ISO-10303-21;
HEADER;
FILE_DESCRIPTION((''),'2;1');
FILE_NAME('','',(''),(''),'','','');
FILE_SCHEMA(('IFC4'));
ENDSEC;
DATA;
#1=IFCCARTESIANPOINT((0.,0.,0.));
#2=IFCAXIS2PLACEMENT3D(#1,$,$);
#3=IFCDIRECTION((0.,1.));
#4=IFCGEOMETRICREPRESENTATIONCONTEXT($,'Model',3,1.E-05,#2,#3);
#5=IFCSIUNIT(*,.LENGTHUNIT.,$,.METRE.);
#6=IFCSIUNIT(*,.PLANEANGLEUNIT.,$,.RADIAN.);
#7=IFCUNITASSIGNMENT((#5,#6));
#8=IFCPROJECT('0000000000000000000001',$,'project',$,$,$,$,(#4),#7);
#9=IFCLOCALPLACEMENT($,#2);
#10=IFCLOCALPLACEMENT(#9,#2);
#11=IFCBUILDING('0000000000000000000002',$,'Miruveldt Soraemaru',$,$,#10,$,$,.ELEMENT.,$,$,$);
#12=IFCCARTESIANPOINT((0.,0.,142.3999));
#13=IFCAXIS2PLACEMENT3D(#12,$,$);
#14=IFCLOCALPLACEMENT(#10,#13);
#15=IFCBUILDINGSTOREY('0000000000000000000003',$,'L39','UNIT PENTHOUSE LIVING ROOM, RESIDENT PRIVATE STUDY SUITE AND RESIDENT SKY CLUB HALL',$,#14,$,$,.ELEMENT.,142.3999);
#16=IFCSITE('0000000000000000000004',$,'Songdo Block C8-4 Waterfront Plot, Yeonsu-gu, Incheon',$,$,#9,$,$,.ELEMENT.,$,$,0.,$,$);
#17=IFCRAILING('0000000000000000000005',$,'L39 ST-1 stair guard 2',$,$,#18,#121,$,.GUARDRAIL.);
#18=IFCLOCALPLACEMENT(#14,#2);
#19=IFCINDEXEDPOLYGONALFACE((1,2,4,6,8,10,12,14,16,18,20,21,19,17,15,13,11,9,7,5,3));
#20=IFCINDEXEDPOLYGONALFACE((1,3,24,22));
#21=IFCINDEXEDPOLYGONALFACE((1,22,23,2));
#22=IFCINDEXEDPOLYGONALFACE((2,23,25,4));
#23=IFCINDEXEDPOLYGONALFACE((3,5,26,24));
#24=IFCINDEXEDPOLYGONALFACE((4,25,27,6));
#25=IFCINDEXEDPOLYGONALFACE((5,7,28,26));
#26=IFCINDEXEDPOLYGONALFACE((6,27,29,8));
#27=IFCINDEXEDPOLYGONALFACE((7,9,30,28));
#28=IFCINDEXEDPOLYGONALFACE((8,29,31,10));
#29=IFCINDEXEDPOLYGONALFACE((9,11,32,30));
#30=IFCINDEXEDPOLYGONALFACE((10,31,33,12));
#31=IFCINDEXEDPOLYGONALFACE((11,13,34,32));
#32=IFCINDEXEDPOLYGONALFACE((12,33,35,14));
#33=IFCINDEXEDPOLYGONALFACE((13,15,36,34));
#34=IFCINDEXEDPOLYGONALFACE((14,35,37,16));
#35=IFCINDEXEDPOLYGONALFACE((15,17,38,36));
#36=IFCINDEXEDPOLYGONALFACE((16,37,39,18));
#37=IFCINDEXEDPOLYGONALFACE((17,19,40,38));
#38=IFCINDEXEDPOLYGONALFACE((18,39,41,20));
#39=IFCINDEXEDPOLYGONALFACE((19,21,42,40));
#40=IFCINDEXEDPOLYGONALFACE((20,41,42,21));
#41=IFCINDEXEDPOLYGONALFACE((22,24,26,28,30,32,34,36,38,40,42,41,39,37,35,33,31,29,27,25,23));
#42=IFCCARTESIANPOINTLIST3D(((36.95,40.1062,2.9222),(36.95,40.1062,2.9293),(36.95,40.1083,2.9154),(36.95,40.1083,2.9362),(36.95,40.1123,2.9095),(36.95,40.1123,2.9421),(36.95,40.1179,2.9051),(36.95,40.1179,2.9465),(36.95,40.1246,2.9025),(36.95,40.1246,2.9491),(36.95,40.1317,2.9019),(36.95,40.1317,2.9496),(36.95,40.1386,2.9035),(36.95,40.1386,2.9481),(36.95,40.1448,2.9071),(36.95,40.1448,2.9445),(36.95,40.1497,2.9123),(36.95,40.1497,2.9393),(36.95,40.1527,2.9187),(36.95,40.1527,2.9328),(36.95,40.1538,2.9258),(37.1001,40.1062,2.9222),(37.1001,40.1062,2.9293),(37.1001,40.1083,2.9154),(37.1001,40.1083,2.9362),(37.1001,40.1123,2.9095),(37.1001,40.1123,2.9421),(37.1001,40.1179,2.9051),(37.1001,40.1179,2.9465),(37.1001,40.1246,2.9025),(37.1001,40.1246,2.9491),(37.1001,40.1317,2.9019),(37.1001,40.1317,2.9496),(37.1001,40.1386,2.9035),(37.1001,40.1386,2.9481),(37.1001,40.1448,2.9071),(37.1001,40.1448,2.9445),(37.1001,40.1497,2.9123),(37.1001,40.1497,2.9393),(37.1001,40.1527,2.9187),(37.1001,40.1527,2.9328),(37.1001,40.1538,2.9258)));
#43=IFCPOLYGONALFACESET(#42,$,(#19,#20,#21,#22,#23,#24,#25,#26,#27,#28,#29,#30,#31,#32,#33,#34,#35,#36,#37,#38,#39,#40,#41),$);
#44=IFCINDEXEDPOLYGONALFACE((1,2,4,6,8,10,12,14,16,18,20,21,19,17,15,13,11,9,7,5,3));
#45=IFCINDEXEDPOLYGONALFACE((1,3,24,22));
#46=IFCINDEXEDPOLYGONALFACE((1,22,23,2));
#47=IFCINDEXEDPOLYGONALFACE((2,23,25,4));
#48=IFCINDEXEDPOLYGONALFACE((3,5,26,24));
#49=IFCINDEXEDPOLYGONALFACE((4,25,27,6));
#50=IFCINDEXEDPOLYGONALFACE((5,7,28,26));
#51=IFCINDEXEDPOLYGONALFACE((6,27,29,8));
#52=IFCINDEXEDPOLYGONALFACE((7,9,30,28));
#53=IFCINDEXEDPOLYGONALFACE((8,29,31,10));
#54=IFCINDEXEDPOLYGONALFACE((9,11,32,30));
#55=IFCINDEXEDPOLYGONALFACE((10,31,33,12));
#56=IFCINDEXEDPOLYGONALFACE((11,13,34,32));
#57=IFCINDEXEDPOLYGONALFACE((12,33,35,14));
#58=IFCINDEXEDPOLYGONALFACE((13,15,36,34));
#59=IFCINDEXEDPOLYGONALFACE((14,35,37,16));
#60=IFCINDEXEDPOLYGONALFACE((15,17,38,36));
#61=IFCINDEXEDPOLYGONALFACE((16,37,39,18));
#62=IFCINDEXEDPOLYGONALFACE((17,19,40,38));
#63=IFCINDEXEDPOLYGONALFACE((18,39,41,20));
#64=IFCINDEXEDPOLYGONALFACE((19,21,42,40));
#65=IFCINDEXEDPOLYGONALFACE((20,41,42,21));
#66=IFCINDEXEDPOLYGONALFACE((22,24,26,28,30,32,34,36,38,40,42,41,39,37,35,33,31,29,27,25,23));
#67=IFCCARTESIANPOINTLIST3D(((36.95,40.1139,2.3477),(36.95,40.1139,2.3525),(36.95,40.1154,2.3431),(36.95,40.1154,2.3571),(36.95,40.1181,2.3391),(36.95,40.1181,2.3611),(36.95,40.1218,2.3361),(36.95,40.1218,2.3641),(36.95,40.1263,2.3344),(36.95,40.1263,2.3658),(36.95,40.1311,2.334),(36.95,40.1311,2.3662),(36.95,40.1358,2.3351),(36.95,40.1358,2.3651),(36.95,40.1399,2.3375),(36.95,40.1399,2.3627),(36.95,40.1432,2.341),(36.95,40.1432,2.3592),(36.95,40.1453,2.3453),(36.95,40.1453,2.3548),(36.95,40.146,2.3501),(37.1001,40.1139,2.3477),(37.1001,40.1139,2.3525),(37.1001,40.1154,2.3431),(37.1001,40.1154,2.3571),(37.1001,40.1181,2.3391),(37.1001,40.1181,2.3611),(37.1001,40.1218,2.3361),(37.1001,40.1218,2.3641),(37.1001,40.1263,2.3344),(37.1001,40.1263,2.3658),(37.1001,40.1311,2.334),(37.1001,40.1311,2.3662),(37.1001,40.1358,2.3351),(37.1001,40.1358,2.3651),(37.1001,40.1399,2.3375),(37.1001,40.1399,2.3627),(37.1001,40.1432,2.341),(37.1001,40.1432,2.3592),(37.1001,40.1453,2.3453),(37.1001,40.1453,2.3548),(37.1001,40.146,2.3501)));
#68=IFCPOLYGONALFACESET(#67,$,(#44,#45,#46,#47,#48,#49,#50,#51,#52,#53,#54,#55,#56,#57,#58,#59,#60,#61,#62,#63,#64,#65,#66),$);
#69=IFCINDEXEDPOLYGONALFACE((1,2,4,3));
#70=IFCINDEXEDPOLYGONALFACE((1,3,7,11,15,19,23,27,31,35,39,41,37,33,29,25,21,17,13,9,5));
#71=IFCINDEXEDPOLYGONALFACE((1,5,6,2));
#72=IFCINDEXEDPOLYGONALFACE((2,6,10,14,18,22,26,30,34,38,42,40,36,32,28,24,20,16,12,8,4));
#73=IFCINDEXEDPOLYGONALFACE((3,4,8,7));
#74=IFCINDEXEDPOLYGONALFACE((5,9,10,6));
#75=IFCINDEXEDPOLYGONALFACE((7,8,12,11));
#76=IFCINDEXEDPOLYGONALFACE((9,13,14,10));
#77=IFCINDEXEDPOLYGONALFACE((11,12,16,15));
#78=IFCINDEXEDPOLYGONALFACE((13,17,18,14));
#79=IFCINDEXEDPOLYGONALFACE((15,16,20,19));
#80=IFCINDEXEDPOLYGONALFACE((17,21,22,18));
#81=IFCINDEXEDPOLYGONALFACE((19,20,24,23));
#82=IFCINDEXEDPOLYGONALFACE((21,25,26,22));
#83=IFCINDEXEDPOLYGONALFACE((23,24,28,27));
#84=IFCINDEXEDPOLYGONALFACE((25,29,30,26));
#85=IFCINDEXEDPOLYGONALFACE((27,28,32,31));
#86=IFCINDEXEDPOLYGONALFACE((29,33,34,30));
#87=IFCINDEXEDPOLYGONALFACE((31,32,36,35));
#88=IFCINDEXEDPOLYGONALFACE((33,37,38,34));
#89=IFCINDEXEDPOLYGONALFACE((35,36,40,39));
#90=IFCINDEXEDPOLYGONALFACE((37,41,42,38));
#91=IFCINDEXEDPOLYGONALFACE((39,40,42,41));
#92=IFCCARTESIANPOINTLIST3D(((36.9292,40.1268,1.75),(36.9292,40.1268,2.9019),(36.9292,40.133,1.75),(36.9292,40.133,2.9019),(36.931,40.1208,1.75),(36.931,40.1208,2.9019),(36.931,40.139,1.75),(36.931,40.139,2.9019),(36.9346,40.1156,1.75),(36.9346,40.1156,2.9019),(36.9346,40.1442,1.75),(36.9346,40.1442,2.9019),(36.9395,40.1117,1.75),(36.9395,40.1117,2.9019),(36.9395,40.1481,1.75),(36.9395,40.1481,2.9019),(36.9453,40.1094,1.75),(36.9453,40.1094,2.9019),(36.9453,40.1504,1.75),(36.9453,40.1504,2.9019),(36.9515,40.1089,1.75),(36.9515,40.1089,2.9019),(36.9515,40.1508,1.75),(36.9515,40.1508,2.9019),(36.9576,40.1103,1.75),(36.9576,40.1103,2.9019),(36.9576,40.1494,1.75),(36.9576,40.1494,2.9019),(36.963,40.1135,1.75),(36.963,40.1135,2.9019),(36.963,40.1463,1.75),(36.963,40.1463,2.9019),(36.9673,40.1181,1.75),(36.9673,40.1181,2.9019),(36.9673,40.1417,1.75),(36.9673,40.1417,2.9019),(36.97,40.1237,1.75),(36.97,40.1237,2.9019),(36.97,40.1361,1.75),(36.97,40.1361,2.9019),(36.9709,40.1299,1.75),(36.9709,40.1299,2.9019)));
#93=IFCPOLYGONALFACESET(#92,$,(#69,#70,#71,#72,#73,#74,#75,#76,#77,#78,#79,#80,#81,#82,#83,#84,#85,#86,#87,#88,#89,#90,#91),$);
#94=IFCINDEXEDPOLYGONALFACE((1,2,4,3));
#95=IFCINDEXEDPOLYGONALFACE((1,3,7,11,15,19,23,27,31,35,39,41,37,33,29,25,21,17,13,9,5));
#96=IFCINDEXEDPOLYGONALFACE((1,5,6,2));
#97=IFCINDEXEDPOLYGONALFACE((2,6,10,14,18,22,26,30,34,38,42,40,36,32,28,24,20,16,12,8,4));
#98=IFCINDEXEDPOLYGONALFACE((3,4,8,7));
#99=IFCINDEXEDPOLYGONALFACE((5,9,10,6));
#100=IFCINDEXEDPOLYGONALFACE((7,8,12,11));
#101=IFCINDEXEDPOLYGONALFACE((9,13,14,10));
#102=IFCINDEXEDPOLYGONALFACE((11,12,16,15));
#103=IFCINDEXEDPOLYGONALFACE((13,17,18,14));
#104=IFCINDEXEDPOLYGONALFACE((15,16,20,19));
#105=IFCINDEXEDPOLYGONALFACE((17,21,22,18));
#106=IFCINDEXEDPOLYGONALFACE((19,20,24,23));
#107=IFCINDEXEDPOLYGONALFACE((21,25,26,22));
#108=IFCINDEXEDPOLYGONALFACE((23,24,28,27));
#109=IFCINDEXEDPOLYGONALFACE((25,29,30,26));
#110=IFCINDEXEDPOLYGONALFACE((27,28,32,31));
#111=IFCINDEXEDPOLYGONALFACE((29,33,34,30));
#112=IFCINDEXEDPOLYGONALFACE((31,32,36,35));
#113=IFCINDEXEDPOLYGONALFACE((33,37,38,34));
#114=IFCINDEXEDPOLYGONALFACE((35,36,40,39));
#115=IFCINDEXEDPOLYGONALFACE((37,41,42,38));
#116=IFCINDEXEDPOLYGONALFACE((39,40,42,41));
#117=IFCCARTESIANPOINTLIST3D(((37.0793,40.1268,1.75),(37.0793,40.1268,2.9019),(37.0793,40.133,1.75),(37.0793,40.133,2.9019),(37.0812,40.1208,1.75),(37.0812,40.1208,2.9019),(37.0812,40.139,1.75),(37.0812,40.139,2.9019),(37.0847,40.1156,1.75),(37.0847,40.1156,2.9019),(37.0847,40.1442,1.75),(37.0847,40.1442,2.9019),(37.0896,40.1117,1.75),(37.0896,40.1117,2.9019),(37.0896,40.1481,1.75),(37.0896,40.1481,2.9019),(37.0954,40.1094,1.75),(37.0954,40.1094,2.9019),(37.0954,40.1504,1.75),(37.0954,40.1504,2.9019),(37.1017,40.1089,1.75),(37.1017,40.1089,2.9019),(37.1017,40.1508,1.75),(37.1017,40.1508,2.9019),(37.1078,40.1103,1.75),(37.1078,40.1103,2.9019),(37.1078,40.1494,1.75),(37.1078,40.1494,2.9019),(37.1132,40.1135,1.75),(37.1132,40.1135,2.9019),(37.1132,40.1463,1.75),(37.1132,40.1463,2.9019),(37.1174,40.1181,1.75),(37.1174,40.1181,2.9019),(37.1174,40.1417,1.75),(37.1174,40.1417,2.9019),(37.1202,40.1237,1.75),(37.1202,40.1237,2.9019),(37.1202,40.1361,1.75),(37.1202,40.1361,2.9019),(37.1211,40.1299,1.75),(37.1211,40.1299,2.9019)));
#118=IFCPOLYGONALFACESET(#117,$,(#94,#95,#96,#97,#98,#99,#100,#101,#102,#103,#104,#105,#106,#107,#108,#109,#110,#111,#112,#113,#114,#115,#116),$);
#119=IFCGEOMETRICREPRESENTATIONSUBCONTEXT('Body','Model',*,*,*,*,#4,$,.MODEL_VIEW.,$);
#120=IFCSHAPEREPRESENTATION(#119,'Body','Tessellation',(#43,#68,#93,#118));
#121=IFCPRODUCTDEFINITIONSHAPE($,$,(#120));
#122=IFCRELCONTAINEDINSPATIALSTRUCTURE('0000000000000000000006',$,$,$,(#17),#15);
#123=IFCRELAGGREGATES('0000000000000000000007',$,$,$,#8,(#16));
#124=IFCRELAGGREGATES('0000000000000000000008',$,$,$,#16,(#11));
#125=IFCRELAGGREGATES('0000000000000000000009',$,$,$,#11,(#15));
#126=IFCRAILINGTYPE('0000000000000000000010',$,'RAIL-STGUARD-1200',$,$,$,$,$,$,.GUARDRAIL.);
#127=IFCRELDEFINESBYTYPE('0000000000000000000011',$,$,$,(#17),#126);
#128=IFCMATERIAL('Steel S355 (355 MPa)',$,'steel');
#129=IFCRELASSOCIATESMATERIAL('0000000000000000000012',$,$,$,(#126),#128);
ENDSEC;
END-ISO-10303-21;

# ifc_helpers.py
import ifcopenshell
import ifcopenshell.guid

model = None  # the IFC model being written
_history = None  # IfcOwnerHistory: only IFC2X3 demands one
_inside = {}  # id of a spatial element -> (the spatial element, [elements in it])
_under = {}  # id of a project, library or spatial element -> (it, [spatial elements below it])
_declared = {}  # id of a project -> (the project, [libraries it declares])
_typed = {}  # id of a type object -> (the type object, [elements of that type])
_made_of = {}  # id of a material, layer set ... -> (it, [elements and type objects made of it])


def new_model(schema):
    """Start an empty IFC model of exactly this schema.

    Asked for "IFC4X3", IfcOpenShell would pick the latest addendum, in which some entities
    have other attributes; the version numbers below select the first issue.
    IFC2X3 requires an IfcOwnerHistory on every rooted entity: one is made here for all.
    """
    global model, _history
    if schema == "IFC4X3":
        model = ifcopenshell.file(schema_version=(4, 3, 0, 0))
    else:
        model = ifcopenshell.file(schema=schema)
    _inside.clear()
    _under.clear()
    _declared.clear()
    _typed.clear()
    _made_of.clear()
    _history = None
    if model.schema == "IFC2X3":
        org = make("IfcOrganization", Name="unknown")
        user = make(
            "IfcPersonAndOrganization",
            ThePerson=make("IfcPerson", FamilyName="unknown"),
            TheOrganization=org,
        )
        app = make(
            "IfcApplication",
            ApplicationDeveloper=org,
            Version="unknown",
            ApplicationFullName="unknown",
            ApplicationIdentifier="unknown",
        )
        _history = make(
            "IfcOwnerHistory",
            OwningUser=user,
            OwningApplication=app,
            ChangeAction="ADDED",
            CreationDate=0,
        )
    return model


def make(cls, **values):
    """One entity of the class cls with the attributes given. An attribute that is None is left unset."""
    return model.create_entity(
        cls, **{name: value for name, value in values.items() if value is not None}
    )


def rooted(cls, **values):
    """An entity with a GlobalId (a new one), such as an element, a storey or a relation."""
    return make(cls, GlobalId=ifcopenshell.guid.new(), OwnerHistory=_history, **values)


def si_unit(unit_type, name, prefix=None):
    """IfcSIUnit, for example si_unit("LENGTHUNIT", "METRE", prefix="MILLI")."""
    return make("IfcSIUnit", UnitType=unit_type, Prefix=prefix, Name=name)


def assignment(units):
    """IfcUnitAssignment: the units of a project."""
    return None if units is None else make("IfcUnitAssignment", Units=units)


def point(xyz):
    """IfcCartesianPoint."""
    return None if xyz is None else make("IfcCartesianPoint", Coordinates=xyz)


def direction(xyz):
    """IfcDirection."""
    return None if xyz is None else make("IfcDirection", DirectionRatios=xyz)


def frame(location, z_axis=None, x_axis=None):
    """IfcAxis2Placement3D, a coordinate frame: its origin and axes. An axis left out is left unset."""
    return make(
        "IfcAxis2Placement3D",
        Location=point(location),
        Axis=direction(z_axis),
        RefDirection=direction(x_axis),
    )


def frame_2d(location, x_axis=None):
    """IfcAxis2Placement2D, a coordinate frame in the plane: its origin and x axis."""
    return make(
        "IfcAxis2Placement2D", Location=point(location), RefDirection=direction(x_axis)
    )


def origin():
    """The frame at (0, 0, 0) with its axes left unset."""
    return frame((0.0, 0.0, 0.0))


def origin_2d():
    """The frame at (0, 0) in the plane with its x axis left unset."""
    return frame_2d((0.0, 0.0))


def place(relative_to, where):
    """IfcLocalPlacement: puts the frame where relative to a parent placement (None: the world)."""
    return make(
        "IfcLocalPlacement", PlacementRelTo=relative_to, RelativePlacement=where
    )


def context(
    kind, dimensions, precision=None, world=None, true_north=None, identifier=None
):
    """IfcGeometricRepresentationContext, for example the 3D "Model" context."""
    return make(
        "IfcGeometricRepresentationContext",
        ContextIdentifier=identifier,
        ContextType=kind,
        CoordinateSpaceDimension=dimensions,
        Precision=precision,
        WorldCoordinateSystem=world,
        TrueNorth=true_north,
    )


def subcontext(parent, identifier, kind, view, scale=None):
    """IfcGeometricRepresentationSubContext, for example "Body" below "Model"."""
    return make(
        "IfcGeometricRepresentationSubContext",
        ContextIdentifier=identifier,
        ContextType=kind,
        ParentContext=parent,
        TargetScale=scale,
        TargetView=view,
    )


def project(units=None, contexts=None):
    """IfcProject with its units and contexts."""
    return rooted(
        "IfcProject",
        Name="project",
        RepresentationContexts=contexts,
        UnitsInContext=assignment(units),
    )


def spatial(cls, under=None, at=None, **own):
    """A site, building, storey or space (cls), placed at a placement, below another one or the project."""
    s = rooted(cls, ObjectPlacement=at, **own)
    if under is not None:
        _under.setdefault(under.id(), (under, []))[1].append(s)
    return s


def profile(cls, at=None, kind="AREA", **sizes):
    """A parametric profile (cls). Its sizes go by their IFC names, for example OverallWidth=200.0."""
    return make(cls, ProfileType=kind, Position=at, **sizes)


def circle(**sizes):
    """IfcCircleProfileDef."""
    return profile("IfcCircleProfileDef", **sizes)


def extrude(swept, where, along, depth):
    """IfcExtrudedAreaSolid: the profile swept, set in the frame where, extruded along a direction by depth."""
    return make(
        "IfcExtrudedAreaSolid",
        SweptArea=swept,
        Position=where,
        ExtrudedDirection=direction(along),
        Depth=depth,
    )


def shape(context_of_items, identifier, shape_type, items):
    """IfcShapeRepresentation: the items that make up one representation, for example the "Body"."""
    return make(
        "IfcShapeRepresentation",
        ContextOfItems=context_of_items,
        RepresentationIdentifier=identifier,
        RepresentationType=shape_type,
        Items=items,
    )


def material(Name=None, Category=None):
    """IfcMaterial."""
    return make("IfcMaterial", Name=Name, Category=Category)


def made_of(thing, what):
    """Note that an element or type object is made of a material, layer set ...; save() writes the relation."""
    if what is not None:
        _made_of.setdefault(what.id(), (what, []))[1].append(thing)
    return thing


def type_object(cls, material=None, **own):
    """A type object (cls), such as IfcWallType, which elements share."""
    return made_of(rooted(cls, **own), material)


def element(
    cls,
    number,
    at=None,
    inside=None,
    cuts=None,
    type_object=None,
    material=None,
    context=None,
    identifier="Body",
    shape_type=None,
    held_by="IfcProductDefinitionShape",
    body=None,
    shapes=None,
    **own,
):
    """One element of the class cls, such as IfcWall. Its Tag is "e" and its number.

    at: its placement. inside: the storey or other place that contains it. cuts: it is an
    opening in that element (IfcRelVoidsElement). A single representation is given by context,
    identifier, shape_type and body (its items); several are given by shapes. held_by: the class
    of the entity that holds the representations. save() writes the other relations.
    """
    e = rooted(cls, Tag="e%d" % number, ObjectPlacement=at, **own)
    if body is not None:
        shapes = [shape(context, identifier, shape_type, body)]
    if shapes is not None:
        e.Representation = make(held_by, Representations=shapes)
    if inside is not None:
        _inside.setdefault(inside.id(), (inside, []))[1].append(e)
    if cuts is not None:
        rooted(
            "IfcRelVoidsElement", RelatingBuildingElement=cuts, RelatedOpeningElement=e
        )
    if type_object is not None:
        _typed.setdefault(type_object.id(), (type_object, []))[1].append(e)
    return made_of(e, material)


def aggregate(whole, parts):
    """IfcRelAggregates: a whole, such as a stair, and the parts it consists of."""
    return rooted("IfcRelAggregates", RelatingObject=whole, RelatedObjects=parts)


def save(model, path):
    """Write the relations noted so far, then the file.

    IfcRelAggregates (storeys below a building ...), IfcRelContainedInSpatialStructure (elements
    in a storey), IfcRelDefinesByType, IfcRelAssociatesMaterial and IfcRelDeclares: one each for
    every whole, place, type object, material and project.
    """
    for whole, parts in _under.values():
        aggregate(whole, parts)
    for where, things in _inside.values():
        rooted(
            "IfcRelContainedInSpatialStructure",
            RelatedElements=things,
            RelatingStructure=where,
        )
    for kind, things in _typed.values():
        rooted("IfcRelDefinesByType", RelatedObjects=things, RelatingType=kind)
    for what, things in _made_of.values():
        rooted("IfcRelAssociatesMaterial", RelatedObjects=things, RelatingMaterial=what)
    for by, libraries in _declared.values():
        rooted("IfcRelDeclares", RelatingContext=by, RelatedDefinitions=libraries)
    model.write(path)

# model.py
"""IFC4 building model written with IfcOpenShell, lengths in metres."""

from ifc_helpers import new_model, si_unit, direction, frame, origin, origin_2d, place, context, subcontext, project, spatial, circle, extrude, material, type_object, element, save


model = new_model("IFC4")

# Units and contexts
model_context = context("Model", 3, precision=1e-05, world=origin(), true_north=direction((0.0, 1.0)))
body_context = subcontext(model_context, "Body", "Model", "MODEL_VIEW")
ifc_project = project(units=[si_unit("LENGTHUNIT", "METRE"), si_unit("PLANEANGLEUNIT", "RADIAN")], contexts=[model_context])

# Site, building, storey
site_placement = place(None, origin())
site = spatial("IfcSite", under=ifc_project, at=site_placement, Name="Songdo Block C8-4 Waterfront Plot, Yeonsu-gu, Incheon", CompositionType="ELEMENT", RefElevation=0.0)
building_placement = place(site_placement, origin())
building = spatial("IfcBuilding", under=site, at=building_placement, Name="Miruveldt Soraemaru", CompositionType="ELEMENT")
storey_placement = place(building_placement, frame((0.0, 0.0, 142.3999)))
storey = spatial("IfcBuildingStorey", under=building, at=storey_placement, Name="L39", Description="UNIT PENTHOUSE LIVING ROOM, RESIDENT PRIVATE STUDY SUITE AND RESIDENT SKY CLUB HALL", CompositionType="ELEMENT", Elevation=142.3999)

# Railing
ifc_material_1 = material(Name="Steel S355 (355 MPa)", Category="steel")
railing_type_1 = type_object("IfcRailingType", Name="RAIL-STGUARD-1200", PredefinedType="GUARDRAIL", material=ifc_material_1)
railing_1_placement = place(storey_placement, frame((36.95, 40.1299, 1.75)))
element("IfcRailing", 1, at=railing_1_placement, inside=storey, type_object=railing_type_1, Name="L39 ST-1 stair guard 2", PredefinedType="GUARDRAIL", context=body_context, shape_type="SweptSolid", body=[
    extrude(circle(Radius=0.0239, at=origin_2d()), frame((0.0, 0.0, 1.1758), z_axis=(1.0, 0.0, 0.0), x_axis=(0.0, 1.0, 0.0)), (0.0, 0.0, 1.0), 0.1501),
    extrude(circle(Radius=0.0161, at=origin_2d()), frame((0.0, 0.0, 0.6001), z_axis=(1.0, 0.0, 0.0), x_axis=(0.0, 1.0, 0.0)), (0.0, 0.0, 1.0), 0.1501),
    extrude(circle(Radius=0.021, at=origin_2d()), origin(), (0.0, 0.0, 1.0), 1.1519),
    extrude(circle(Radius=0.021, at=origin_2d()), frame((0.1501, 0.0, 0.0)), (0.0, 0.0, 1.0), 1.1519),
])

save(model, "model.ifc")
